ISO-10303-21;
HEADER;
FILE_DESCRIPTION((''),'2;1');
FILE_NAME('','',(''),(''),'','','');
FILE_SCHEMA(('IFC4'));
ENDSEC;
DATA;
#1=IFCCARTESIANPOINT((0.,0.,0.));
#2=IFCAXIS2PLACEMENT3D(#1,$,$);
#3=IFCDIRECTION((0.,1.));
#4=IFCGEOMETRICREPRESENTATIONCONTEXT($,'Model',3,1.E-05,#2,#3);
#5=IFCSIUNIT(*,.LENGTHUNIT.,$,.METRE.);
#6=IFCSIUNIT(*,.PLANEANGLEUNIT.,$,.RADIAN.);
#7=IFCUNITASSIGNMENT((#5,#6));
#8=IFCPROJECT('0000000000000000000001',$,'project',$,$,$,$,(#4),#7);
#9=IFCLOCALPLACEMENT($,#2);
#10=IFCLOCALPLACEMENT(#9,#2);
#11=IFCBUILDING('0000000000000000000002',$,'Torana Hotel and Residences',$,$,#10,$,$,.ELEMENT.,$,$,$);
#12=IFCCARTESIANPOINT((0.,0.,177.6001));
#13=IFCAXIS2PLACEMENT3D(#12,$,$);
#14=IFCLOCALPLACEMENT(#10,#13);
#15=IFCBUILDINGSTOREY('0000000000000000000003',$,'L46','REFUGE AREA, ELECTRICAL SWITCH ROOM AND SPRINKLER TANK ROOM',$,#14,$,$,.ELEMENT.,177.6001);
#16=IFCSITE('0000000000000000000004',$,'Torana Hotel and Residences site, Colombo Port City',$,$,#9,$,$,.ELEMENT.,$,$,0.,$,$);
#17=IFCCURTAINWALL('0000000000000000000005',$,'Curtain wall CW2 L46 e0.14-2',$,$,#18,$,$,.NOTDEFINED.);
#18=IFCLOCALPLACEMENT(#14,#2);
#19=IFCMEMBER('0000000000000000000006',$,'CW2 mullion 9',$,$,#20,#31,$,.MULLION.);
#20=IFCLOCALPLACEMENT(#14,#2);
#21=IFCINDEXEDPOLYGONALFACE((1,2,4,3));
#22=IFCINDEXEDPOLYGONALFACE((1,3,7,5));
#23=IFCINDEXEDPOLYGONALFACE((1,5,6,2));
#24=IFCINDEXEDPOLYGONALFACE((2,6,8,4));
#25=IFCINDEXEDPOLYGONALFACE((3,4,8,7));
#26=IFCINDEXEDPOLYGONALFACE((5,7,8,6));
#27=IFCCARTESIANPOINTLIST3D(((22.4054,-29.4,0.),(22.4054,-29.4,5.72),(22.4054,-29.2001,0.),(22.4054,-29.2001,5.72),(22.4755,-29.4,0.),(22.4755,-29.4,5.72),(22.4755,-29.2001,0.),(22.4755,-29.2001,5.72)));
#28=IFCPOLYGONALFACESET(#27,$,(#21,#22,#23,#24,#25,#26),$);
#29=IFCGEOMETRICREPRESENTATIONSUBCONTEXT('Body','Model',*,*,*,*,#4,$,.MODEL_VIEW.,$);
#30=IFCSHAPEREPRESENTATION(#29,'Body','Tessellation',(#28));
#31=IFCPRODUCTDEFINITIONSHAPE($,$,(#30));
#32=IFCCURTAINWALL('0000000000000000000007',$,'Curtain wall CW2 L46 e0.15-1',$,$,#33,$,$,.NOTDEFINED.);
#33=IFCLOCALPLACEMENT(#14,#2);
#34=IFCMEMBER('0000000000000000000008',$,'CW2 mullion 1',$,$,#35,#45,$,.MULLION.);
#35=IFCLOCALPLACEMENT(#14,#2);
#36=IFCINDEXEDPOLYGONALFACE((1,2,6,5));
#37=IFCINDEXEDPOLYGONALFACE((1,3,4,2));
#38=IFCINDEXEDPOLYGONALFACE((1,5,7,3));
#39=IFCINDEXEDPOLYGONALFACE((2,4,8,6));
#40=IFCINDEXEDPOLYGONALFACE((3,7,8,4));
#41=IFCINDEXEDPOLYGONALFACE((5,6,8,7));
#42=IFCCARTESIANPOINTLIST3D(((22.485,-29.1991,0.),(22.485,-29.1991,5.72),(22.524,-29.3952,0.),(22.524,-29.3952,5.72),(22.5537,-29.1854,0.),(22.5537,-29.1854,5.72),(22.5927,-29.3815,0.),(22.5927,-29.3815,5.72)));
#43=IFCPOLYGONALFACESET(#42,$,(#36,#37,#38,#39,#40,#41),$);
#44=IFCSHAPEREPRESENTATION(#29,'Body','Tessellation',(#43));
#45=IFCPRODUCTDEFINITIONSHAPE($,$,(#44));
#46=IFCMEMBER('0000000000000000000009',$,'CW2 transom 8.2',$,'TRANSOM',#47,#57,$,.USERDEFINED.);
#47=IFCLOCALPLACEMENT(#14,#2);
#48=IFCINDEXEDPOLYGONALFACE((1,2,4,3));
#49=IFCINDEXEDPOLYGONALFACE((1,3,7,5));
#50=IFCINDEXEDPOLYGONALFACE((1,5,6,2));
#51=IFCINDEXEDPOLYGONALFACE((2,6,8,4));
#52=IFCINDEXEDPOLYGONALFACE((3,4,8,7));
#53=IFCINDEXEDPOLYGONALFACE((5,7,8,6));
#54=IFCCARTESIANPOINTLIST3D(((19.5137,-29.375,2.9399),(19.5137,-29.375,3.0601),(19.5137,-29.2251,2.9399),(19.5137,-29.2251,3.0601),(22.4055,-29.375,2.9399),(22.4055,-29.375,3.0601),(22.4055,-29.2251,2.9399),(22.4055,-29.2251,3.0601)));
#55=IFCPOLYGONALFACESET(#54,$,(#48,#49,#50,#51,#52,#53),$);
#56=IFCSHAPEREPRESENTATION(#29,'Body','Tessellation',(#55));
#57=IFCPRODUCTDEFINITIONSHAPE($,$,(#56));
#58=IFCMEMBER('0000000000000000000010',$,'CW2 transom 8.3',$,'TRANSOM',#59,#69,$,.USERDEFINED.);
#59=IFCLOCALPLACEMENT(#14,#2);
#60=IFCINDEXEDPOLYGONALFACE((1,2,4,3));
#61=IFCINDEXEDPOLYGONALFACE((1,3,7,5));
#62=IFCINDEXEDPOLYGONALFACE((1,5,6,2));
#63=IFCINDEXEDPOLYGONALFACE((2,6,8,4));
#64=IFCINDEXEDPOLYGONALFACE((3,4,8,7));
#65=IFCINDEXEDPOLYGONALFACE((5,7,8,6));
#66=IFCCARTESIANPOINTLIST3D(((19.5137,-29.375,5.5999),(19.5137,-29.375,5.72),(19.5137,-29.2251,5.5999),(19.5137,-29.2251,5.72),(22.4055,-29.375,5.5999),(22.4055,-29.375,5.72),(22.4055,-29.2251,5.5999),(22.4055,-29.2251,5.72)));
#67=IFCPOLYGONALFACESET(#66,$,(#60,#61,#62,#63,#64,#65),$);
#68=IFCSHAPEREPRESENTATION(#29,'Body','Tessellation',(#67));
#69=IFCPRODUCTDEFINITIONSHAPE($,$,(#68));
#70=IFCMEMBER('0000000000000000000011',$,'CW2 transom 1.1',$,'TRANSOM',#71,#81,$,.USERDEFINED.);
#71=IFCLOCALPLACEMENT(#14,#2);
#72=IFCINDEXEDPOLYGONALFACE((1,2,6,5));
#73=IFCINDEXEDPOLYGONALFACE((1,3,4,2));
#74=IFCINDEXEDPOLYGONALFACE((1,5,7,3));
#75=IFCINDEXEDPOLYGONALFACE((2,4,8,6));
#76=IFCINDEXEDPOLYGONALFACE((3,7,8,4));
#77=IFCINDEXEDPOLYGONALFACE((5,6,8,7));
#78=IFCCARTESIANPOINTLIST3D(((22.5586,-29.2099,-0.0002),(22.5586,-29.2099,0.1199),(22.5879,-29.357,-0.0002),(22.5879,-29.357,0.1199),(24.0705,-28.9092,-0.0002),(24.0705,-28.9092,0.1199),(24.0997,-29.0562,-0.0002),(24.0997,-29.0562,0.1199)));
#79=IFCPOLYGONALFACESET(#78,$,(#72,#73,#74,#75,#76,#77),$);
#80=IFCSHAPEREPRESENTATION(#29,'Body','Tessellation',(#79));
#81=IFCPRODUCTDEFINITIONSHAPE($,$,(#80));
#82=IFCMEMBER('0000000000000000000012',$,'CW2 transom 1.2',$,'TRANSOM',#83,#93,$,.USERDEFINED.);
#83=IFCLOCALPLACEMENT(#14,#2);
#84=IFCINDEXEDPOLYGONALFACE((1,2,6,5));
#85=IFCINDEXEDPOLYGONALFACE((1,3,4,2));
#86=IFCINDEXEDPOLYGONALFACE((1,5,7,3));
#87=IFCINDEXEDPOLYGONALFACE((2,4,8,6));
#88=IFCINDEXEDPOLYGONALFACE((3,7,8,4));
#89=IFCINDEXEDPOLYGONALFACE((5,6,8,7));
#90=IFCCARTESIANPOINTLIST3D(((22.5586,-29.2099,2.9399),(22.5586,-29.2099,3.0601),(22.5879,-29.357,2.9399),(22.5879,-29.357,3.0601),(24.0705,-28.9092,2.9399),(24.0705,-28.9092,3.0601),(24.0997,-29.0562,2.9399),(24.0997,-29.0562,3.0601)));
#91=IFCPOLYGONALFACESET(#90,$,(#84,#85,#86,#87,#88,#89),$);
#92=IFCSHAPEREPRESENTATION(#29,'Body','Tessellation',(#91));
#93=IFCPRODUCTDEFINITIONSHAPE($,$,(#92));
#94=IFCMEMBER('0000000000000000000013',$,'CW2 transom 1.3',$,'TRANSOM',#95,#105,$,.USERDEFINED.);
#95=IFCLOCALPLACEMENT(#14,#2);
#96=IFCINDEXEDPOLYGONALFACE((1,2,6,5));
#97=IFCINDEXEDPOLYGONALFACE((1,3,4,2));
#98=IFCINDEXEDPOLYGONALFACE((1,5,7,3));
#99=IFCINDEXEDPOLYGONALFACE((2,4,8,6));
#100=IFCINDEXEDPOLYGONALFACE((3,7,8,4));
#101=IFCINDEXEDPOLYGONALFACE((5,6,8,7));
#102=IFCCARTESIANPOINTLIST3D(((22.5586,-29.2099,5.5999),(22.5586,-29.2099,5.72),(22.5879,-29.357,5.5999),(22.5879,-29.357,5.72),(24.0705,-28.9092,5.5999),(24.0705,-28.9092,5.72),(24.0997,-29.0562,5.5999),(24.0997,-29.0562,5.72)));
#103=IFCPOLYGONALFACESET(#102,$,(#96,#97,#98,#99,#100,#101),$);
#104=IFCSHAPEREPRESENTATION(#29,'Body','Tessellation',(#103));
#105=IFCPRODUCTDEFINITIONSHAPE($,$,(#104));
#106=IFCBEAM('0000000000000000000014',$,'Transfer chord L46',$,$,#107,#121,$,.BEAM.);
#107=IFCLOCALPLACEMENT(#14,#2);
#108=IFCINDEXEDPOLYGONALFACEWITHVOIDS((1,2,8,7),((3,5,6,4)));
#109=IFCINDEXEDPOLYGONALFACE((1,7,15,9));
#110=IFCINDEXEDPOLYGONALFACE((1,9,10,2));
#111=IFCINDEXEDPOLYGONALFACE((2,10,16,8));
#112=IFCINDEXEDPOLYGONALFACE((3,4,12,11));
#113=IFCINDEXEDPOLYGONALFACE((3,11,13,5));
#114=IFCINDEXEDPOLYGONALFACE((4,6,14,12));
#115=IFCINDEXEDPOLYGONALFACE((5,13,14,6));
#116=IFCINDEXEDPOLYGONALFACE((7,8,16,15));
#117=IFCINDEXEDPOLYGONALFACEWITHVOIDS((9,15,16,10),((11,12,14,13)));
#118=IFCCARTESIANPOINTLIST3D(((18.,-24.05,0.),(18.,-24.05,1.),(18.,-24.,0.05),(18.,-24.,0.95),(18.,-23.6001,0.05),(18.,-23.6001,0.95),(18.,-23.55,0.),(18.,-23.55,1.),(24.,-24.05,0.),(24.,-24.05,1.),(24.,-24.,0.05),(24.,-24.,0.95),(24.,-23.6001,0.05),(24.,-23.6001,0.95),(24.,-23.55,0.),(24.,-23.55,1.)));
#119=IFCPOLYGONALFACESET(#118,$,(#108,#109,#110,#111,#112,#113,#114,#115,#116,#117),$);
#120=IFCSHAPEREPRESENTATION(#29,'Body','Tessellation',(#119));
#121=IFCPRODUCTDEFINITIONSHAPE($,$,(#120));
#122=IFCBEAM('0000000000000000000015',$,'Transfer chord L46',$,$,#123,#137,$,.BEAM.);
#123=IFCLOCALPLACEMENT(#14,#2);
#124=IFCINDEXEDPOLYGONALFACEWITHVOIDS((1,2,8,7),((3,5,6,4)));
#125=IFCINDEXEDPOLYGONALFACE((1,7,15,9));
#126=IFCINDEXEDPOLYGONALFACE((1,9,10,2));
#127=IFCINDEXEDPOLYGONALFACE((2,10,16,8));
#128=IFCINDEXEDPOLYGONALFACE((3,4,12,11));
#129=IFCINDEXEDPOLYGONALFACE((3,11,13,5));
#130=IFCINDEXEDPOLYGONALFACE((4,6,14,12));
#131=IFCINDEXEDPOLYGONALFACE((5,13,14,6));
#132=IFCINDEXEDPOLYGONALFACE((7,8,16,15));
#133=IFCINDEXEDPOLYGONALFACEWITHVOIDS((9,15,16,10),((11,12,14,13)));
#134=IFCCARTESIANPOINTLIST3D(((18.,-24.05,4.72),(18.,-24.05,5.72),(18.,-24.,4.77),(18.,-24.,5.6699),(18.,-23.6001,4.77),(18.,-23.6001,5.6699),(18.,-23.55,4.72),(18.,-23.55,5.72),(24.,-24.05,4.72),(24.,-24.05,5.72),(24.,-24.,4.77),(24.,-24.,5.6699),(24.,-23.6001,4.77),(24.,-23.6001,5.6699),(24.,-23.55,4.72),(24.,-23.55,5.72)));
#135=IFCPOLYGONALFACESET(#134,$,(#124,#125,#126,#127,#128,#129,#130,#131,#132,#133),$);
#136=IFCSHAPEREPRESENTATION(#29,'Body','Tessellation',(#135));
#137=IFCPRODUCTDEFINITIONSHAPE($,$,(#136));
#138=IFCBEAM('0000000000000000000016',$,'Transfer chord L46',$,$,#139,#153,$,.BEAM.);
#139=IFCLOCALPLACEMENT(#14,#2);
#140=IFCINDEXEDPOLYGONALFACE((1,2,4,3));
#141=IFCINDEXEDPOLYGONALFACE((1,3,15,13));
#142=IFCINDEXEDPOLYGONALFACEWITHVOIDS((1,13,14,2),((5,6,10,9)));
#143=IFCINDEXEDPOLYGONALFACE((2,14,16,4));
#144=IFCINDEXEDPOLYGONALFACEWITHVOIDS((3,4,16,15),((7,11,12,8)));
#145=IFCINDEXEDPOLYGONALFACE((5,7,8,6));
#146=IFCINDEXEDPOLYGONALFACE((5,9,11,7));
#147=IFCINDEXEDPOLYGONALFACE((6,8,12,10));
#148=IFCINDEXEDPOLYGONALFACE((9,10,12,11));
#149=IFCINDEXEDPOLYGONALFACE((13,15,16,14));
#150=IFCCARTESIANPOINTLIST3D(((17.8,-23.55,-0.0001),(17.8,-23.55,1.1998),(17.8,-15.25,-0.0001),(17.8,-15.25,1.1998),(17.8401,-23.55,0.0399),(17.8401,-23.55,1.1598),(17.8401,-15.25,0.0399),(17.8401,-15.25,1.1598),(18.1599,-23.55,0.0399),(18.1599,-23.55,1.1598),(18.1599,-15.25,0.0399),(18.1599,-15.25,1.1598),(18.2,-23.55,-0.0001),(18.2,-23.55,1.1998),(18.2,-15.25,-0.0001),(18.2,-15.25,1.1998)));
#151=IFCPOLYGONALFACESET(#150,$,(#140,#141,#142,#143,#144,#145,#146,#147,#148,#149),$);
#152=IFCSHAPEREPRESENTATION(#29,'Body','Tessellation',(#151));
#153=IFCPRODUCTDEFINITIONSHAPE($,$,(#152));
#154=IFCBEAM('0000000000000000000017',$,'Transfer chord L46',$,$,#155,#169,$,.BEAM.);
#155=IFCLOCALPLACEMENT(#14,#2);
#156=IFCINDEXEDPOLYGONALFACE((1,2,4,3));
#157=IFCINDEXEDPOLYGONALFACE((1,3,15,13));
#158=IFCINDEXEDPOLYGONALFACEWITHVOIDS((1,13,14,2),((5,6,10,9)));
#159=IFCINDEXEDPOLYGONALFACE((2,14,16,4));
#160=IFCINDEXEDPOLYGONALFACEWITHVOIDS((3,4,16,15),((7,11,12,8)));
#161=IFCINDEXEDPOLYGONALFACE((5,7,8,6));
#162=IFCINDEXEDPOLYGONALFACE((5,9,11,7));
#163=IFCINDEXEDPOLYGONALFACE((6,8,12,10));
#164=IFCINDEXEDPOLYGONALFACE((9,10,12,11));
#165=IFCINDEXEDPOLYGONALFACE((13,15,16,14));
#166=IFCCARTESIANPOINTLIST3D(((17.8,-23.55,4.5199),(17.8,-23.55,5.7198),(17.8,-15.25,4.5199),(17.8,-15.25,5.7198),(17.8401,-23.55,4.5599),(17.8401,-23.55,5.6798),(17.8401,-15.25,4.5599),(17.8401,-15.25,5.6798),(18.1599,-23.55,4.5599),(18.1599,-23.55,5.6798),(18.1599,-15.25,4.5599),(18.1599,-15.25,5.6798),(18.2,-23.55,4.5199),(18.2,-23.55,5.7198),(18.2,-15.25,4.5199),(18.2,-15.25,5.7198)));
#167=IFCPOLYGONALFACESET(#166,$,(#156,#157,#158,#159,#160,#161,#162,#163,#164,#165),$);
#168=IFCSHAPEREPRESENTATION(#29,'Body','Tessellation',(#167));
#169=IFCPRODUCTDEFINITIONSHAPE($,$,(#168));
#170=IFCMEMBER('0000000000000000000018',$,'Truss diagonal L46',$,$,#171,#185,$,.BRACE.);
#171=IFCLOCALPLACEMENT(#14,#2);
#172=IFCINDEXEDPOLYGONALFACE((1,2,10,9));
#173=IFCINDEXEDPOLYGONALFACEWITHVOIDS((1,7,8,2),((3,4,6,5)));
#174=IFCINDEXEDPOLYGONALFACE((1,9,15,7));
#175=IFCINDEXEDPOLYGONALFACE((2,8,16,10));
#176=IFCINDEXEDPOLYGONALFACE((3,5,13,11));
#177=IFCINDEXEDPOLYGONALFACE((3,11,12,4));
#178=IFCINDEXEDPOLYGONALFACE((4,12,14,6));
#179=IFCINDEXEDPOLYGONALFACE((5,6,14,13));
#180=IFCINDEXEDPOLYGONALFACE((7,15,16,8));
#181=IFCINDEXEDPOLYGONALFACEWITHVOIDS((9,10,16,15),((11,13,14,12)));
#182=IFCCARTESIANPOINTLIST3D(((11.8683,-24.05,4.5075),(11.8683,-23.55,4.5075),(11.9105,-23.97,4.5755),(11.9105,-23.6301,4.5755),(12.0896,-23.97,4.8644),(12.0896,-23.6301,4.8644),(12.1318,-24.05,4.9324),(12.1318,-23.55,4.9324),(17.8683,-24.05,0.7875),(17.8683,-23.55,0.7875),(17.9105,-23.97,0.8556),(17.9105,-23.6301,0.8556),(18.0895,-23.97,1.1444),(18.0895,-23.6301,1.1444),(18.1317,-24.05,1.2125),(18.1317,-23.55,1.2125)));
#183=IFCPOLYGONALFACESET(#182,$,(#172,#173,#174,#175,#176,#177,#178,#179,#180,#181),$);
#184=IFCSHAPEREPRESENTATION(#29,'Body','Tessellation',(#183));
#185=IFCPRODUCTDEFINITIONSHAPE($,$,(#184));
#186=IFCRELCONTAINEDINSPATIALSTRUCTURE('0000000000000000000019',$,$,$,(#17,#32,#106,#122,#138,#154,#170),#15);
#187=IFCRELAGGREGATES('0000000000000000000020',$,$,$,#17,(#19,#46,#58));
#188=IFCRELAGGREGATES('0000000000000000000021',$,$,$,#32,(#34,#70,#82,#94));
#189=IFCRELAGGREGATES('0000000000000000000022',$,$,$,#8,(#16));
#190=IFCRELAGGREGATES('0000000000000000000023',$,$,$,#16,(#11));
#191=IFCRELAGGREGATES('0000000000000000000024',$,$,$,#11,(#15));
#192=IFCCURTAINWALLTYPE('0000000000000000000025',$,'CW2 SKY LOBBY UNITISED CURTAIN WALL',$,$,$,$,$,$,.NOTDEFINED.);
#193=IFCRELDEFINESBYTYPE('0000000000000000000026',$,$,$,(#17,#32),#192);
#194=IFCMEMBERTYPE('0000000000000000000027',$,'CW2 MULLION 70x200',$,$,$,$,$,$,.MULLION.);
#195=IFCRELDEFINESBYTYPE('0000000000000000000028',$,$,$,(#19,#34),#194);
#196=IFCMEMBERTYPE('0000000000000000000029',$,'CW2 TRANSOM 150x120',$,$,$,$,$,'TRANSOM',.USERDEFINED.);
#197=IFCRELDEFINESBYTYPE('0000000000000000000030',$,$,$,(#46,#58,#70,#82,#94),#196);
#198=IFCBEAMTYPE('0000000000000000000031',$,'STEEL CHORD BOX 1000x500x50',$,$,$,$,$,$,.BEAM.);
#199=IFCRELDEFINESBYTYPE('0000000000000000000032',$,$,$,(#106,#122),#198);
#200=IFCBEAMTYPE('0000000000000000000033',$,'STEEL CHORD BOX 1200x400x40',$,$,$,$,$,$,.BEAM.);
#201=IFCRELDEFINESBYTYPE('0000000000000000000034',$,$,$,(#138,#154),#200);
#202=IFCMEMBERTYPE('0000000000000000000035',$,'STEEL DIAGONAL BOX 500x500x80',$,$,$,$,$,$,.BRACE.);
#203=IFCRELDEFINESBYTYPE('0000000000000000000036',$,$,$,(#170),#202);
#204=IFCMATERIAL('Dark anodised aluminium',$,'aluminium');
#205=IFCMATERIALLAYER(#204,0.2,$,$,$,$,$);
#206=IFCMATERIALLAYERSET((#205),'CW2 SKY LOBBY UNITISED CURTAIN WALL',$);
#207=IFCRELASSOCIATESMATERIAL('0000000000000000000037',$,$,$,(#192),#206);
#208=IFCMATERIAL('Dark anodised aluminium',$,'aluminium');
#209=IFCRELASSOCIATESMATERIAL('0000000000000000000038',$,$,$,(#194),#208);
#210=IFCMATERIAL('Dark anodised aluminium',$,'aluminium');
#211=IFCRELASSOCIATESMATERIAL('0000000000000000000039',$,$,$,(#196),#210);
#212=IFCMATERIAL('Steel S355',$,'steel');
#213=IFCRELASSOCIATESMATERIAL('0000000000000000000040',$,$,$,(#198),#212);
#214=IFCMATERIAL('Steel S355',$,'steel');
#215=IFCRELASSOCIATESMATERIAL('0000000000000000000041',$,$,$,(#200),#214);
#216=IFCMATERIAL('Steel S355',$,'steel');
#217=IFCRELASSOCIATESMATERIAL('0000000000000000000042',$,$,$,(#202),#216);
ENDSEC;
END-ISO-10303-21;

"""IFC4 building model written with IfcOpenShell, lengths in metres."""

from ifc_helpers import new_model, si_unit, direction, frame, origin, origin_2d, place, context, subcontext, project, spatial, rectangle, hollow_rectangle, extrude, material, layer, layer_set, material_profile, profile_set, type_object, element, aggregate, save


model = new_model("IFC4")

# Units and contexts
model_context = context("Model", 3, precision=1e-05, world=origin(), true_north=direction((0.0, 1.0)))
body_context = subcontext(model_context, "Body", "Model", "MODEL_VIEW")
ifc_project = project(units=[si_unit("LENGTHUNIT", "METRE"), si_unit("PLANEANGLEUNIT", "RADIAN")], contexts=[model_context])

# Site, building, storey
site_placement = place(None, origin())
site = spatial("IfcSite", under=ifc_project, at=site_placement, Name="Torana Hotel and Residences site, Colombo Port City", CompositionType="ELEMENT", RefElevation=0.0)
building_placement = place(site_placement, origin())
building = spatial("IfcBuilding", under=site, at=building_placement, Name="Torana Hotel and Residences", CompositionType="ELEMENT")
storey_placement = place(building_placement, frame((0.0, 0.0, 177.6001)))
storey = spatial("IfcBuildingStorey", under=building, at=storey_placement, Name="L46", Description="REFUGE AREA, ELECTRICAL SWITCH ROOM AND SPRINKLER TANK ROOM", CompositionType="ELEMENT", Elevation=177.6001)

# Curtain walls, members
ifc_material_1 = material(Name="Dark anodised aluminium", Category="aluminium")
ifc_layer_1 = layer(ifc_material_1, 0.2)
ifc_layer_set_1 = layer_set([ifc_layer_1], Name="CW2 SKY LOBBY UNITISED CURTAIN WALL")
curtain_wall_type = type_object("IfcCurtainWallType", Name="CW2 SKY LOBBY UNITISED CURTAIN WALL", PredefinedType="NOTDEFINED", material=ifc_layer_set_1)
curtain_wall_1_placement = place(storey_placement, origin())
curtain_wall_1 = element("IfcCurtainWall", 1, at=curtain_wall_1_placement, inside=storey, type_object=curtain_wall_type, Name="Curtain wall CW2 L46 e0.14-2", PredefinedType="NOTDEFINED")
ifc_material_2 = material(Name="Dark anodised aluminium", Category="aluminium")
ifc_material_profile_1 = material_profile(ifc_material_2, rectangle(XDim=0.2, YDim=0.0701, at=origin_2d()), Name="CW2 MULLION 70x200")
ifc_profile_set_1 = profile_set([ifc_material_profile_1], Name="Dark anodised aluminium")
member_type_1 = type_object("IfcMemberType", Name="CW2 MULLION 70x200", PredefinedType="MULLION", material=ifc_profile_set_1)
member_1_placement = place(storey_placement, frame((22.4404, -29.3, 0.0), z_axis=(0.0, 0.0, 1.0), x_axis=(0.0, 1.0, 0.0)))
member_1 = element("IfcMember", 2, at=member_1_placement, type_object=member_type_1, Name="CW2 mullion 9", PredefinedType="MULLION", context=body_context, shape_type="SweptSolid", body=[
    extrude(rectangle(XDim=0.2, YDim=0.0701, at=origin_2d()), origin(), (0.0, 0.0, 1.0), 5.72),
])
curtain_wall_2_placement = place(storey_placement, origin())
curtain_wall_2 = element("IfcCurtainWall", 3, at=curtain_wall_2_placement, inside=storey, type_object=curtain_wall_type, Name="Curtain wall CW2 L46 e0.15-1", PredefinedType="NOTDEFINED")
member_2_placement = place(storey_placement, frame((22.5388, -29.2903, 0.0), z_axis=(0.0, 0.0, 1.0), x_axis=(-0.195064, 0.980791, 0.0)))
member_2 = element("IfcMember", 4, at=member_2_placement, type_object=member_type_1, Name="CW2 mullion 1", PredefinedType="MULLION", context=body_context, shape_type="SweptSolid", body=[
    extrude(rectangle(XDim=0.2, YDim=0.0701, at=origin_2d()), origin(), (0.0, 0.0, 1.0), 5.72),
])

# Members
ifc_material_3 = material(Name="Dark anodised aluminium", Category="aluminium")
ifc_material_profile_2 = material_profile(ifc_material_3, rectangle(XDim=0.1499, YDim=0.1201, at=origin_2d()), Name="CW2 TRANSOM 150x120")
ifc_profile_set_2 = profile_set([ifc_material_profile_2], Name="Dark anodised aluminium")
member_type_2 = type_object("IfcMemberType", Name="CW2 TRANSOM 150x120", ElementType="TRANSOM", PredefinedType="USERDEFINED", material=ifc_profile_set_2)
member_3_placement = place(storey_placement, frame((19.5137, -29.3, 3.0), z_axis=(1.0, 0.0, 0.0), x_axis=(0.0, 1.0, 0.0)))
member_3 = element("IfcMember", 5, at=member_3_placement, type_object=member_type_2, Name="CW2 transom 8.2", ObjectType="TRANSOM", PredefinedType="USERDEFINED", context=body_context, shape_type="SweptSolid", body=[
    extrude(rectangle(XDim=0.1499, YDim=0.1201, at=origin_2d()), origin(), (0.0, 0.0, 1.0), 2.8918),
])
member_4_placement = place(storey_placement, frame((19.5137, -29.3, 5.6599), z_axis=(1.0, 0.0, 0.0), x_axis=(0.0, 1.0, 0.0)))
member_4 = element("IfcMember", 6, at=member_4_placement, type_object=member_type_2, Name="CW2 transom 8.3", ObjectType="TRANSOM", PredefinedType="USERDEFINED", context=body_context, shape_type="SweptSolid", body=[
    extrude(rectangle(XDim=0.1499, YDim=0.1201, at=origin_2d()), origin(), (0.0, 0.0, 1.0), 2.8918),
])
member_5_placement = place(storey_placement, frame((22.5732, -29.2834, 0.0598), z_axis=(0.980781, 0.195111, 0.0), x_axis=(-0.195111, 0.980781, 0.0)))
member_5 = element("IfcMember", 7, at=member_5_placement, type_object=member_type_2, Name="CW2 transom 1.1", ObjectType="TRANSOM", PredefinedType="USERDEFINED", context=body_context, shape_type="SweptSolid", body=[
    extrude(rectangle(XDim=0.1499, YDim=0.1201, at=origin_2d()), origin(), (0.0, 0.0, 1.0), 1.5415),
])
member_6_placement = place(storey_placement, frame((22.5732, -29.2834, 3.0), z_axis=(0.980781, 0.195111, 0.0), x_axis=(-0.195111, 0.980781, 0.0)))
member_6 = element("IfcMember", 8, at=member_6_placement, type_object=member_type_2, Name="CW2 transom 1.2", ObjectType="TRANSOM", PredefinedType="USERDEFINED", context=body_context, shape_type="SweptSolid", body=[
    extrude(rectangle(XDim=0.1499, YDim=0.1201, at=origin_2d()), origin(), (0.0, 0.0, 1.0), 1.5415),
])
member_7_placement = place(storey_placement, frame((22.5732, -29.2834, 5.6599), z_axis=(0.980781, 0.195111, 0.0), x_axis=(-0.195111, 0.980781, 0.0)))
member_7 = element("IfcMember", 9, at=member_7_placement, type_object=member_type_2, Name="CW2 transom 1.3", ObjectType="TRANSOM", PredefinedType="USERDEFINED", context=body_context, shape_type="SweptSolid", body=[
    extrude(rectangle(XDim=0.1499, YDim=0.1201, at=origin_2d()), origin(), (0.0, 0.0, 1.0), 1.5415),
])

# Beams
ifc_material_4 = material(Name="Steel S355", Category="steel")
ifc_material_profile_3 = material_profile(ifc_material_4, hollow_rectangle(XDim=0.5, YDim=1.0, WallThickness=0.05, at=origin_2d()), Name="BOX 1000x500x50")
ifc_profile_set_3 = profile_set([ifc_material_profile_3], Name="Steel S355")
beam_type_1 = type_object("IfcBeamType", Name="STEEL CHORD BOX 1000x500x50", PredefinedType="BEAM", material=ifc_profile_set_3)
for number, where, z_axis, x_axis, name in (
    (10, (18.0, -23.8, 0.5), (1.0, 0.0, 0.0), (0.0, 1.0, 0.0), "Transfer chord L46"),
    (11, (18.0, -23.8, 5.22), (1.0, 0.0, 0.0), (0.0, 1.0, 0.0), "Transfer chord L46"),
):
    element("IfcBeam", number, at=place(storey_placement, frame(where, z_axis=z_axis, x_axis=x_axis)), inside=storey, type_object=beam_type_1, Name=name, PredefinedType="BEAM", context=body_context, shape_type="SweptSolid", body=[
        extrude(hollow_rectangle(XDim=0.5, YDim=1.0, WallThickness=0.05, at=origin_2d()), origin(), (0.0, 0.0, 1.0), 6.0),
    ])
ifc_material_5 = material(Name="Steel S355", Category="steel")
ifc_material_profile_4 = material_profile(ifc_material_5, hollow_rectangle(XDim=0.3999, YDim=1.2, WallThickness=0.04, at=origin_2d()), Name="BOX 1200x400x40")
ifc_profile_set_4 = profile_set([ifc_material_profile_4], Name="Steel S355")
beam_type_2 = type_object("IfcBeamType", Name="STEEL CHORD BOX 1200x400x40", PredefinedType="BEAM", material=ifc_profile_set_4)
for number, where, z_axis, x_axis, name in (
    (12, (18.0, -23.55, 0.5999), (0.0, 1.0, 0.0), (-1.0, 0.0, 0.0), "Transfer chord L46"),
    (13, (18.0, -23.55, 5.1199), (0.0, 1.0, 0.0), (-1.0, 0.0, 0.0), "Transfer chord L46"),
):
    element("IfcBeam", number, at=place(storey_placement, frame(where, z_axis=z_axis, x_axis=x_axis)), inside=storey, type_object=beam_type_2, Name=name, PredefinedType="BEAM", context=body_context, shape_type="SweptSolid", body=[
        extrude(hollow_rectangle(XDim=0.3999, YDim=1.2, WallThickness=0.04, at=origin_2d()), origin(), (0.0, 0.0, 1.0), 8.3),
    ])

# Member
ifc_material_6 = material(Name="Steel S355", Category="steel")
ifc_material_profile_5 = material_profile(ifc_material_6, hollow_rectangle(XDim=0.5, YDim=0.5, WallThickness=0.0801, at=origin_2d()), Name="BOX 500x500x80")
ifc_profile_set_5 = profile_set([ifc_material_profile_5], Name="Steel S355")
member_type_3 = type_object("IfcMemberType", Name="STEEL DIAGONAL BOX 500x500x80", PredefinedType="BRACE", material=ifc_profile_set_5)
for number, where, z_axis, x_axis, name in (
    (14, (18.0, -23.8, 1.0), (-0.849905, 0.0, 0.526937), (0.0, -1.0, 0.0), "Truss diagonal L46"),
):
    element("IfcMember", number, at=place(storey_placement, frame(where, z_axis=z_axis, x_axis=x_axis)), inside=storey, type_object=member_type_3, Name=name, PredefinedType="BRACE", context=body_context, shape_type="SweptSolid", body=[
        extrude(hollow_rectangle(XDim=0.5, YDim=0.5, WallThickness=0.0801, at=origin_2d()), origin(), (0.0, 0.0, 1.0), 7.0596),
    ])

aggregate(curtain_wall_1, [member_1, member_3, member_4])
aggregate(curtain_wall_2, [member_2, member_5, member_6, member_7])

save(model, "model.ifc")
